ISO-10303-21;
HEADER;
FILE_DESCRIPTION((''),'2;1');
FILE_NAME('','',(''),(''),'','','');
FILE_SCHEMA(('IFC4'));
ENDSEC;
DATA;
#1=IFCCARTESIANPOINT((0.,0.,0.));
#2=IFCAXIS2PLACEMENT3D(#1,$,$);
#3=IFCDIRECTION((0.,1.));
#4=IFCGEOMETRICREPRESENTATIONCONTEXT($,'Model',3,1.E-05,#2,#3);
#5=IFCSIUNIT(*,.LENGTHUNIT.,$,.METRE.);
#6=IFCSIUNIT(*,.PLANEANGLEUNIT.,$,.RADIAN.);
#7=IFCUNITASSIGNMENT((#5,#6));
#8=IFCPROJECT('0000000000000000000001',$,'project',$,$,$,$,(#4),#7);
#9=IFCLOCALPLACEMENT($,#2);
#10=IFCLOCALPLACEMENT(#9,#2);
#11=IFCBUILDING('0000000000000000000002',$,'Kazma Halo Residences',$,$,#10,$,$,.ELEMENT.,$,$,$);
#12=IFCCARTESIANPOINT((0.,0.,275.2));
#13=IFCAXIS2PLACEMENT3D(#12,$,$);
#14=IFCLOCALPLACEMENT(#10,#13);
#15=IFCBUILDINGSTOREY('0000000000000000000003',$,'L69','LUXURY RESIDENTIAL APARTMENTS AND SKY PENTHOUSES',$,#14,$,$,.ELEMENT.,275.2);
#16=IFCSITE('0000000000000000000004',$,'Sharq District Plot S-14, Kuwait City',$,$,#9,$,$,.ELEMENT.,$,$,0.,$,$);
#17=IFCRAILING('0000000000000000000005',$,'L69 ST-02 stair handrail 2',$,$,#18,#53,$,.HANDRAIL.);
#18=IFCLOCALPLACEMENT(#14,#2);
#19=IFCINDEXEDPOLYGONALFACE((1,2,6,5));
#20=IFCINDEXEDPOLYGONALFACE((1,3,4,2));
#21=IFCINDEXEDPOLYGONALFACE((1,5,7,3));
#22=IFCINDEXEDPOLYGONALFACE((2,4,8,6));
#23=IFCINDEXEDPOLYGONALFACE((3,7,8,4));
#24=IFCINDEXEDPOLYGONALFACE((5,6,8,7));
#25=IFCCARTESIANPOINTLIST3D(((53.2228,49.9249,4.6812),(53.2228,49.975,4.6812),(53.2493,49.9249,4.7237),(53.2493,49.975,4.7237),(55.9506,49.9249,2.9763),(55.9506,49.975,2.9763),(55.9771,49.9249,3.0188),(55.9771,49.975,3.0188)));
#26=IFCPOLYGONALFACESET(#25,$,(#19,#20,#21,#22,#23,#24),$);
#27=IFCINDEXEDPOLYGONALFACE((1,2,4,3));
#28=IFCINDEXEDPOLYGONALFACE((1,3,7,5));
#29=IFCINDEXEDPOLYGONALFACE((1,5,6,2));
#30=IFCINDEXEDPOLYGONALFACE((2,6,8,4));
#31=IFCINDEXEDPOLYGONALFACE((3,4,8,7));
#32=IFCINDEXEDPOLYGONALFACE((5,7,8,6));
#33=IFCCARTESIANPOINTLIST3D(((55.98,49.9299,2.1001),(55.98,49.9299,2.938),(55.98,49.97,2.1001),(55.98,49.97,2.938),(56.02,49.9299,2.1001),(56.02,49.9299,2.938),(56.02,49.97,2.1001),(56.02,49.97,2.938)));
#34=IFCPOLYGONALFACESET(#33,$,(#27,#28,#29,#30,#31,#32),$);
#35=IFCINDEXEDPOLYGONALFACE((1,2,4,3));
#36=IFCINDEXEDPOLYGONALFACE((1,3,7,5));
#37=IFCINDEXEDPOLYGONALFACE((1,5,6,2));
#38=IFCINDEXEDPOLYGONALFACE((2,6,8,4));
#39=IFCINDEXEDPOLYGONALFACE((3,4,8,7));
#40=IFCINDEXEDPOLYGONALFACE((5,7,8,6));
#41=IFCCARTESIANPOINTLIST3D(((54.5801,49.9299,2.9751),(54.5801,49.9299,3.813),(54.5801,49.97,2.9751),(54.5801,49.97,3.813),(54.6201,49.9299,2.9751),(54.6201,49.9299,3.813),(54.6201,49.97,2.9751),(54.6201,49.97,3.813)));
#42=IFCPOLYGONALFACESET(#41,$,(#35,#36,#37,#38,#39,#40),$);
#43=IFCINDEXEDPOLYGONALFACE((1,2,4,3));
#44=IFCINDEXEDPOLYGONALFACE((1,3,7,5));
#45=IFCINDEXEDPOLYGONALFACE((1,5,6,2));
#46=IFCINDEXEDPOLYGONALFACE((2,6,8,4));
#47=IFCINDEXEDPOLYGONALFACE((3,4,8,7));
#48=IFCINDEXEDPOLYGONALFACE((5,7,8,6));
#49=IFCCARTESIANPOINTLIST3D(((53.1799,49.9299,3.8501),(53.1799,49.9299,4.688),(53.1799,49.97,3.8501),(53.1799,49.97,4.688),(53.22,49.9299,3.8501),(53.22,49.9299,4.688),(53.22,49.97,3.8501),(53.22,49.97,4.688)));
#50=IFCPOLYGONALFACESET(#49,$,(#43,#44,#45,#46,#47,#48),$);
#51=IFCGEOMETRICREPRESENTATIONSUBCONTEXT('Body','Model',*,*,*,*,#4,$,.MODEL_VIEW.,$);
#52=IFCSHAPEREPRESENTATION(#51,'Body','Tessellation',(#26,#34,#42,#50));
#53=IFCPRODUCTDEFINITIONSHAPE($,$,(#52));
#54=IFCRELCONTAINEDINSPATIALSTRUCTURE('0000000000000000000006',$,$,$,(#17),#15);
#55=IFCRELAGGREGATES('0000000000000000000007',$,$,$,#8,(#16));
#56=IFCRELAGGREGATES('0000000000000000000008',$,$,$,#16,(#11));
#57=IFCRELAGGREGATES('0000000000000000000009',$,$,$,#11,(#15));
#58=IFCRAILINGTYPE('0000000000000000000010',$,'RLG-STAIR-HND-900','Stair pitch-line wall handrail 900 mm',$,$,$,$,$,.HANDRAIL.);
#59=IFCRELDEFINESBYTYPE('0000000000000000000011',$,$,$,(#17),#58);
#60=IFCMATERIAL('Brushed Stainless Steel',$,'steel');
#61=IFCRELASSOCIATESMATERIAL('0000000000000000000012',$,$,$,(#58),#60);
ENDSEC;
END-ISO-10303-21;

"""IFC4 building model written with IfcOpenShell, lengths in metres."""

from ifc_helpers import new_model, si_unit, direction, frame, origin, origin_2d, place, context, subcontext, project, spatial, rectangle, extrude, material, type_object, element, save


model = new_model("IFC4")

# Units and contexts
model_context = context("Model", 3, precision=1e-05, world=origin(), true_north=direction((0.0, 1.0)))
body_context = subcontext(model_context, "Body", "Model", "MODEL_VIEW")
ifc_project = project(units=[si_unit("LENGTHUNIT", "METRE"), si_unit("PLANEANGLEUNIT", "RADIAN")], contexts=[model_context])

# Site, building, storey
site_placement = place(None, origin())
site = spatial("IfcSite", under=ifc_project, at=site_placement, Name="Sharq District Plot S-14, Kuwait City", CompositionType="ELEMENT", RefElevation=0.0)
building_placement = place(site_placement, origin())
building = spatial("IfcBuilding", under=site, at=building_placement, Name="Kazma Halo Residences", CompositionType="ELEMENT")
storey_placement = place(building_placement, frame((0.0, 0.0, 275.2)))
storey = spatial("IfcBuildingStorey", under=building, at=storey_placement, Name="L69", Description="LUXURY RESIDENTIAL APARTMENTS AND SKY PENTHOUSES", CompositionType="ELEMENT", Elevation=275.2)

# Railing
ifc_material_1 = material(Name="Brushed Stainless Steel", Category="steel")
railing_type_1 = type_object("IfcRailingType", Name="RLG-STAIR-HND-900", Description="Stair pitch-line wall handrail 900 mm", PredefinedType="HANDRAIL", material=ifc_material_1)
railing_1_placement = place(storey_placement, frame((56.0, 49.95, 2.1001)))
element("IfcRailing", 1, at=railing_1_placement, inside=storey, type_object=railing_type_1, Name="L69 ST-02 stair handrail 2", PredefinedType="HANDRAIL", context=body_context, shape_type="SweptSolid", body=[
    extrude(rectangle(XDim=0.05, YDim=0.05, at=origin_2d()), frame((-0.0361, 0.0, 0.8975), z_axis=(-0.848002, 0.0, 0.529992), x_axis=(0.0, -1.0, 0.0)), (0.0, 0.0, 1.0), 3.2168),
    extrude(rectangle(XDim=0.04, YDim=0.04, at=origin_2d()), origin(), (0.0, 0.0, 1.0), 0.8379),
    extrude(rectangle(XDim=0.04, YDim=0.04, at=origin_2d()), frame((-1.3999, 0.0, 0.875)), (0.0, 0.0, 1.0), 0.8379),
    extrude(rectangle(XDim=0.04, YDim=0.04, at=origin_2d()), frame((-2.8, 0.0, 1.75)), (0.0, 0.0, 1.0), 0.8379),
])

save(model, "model.ifc")
